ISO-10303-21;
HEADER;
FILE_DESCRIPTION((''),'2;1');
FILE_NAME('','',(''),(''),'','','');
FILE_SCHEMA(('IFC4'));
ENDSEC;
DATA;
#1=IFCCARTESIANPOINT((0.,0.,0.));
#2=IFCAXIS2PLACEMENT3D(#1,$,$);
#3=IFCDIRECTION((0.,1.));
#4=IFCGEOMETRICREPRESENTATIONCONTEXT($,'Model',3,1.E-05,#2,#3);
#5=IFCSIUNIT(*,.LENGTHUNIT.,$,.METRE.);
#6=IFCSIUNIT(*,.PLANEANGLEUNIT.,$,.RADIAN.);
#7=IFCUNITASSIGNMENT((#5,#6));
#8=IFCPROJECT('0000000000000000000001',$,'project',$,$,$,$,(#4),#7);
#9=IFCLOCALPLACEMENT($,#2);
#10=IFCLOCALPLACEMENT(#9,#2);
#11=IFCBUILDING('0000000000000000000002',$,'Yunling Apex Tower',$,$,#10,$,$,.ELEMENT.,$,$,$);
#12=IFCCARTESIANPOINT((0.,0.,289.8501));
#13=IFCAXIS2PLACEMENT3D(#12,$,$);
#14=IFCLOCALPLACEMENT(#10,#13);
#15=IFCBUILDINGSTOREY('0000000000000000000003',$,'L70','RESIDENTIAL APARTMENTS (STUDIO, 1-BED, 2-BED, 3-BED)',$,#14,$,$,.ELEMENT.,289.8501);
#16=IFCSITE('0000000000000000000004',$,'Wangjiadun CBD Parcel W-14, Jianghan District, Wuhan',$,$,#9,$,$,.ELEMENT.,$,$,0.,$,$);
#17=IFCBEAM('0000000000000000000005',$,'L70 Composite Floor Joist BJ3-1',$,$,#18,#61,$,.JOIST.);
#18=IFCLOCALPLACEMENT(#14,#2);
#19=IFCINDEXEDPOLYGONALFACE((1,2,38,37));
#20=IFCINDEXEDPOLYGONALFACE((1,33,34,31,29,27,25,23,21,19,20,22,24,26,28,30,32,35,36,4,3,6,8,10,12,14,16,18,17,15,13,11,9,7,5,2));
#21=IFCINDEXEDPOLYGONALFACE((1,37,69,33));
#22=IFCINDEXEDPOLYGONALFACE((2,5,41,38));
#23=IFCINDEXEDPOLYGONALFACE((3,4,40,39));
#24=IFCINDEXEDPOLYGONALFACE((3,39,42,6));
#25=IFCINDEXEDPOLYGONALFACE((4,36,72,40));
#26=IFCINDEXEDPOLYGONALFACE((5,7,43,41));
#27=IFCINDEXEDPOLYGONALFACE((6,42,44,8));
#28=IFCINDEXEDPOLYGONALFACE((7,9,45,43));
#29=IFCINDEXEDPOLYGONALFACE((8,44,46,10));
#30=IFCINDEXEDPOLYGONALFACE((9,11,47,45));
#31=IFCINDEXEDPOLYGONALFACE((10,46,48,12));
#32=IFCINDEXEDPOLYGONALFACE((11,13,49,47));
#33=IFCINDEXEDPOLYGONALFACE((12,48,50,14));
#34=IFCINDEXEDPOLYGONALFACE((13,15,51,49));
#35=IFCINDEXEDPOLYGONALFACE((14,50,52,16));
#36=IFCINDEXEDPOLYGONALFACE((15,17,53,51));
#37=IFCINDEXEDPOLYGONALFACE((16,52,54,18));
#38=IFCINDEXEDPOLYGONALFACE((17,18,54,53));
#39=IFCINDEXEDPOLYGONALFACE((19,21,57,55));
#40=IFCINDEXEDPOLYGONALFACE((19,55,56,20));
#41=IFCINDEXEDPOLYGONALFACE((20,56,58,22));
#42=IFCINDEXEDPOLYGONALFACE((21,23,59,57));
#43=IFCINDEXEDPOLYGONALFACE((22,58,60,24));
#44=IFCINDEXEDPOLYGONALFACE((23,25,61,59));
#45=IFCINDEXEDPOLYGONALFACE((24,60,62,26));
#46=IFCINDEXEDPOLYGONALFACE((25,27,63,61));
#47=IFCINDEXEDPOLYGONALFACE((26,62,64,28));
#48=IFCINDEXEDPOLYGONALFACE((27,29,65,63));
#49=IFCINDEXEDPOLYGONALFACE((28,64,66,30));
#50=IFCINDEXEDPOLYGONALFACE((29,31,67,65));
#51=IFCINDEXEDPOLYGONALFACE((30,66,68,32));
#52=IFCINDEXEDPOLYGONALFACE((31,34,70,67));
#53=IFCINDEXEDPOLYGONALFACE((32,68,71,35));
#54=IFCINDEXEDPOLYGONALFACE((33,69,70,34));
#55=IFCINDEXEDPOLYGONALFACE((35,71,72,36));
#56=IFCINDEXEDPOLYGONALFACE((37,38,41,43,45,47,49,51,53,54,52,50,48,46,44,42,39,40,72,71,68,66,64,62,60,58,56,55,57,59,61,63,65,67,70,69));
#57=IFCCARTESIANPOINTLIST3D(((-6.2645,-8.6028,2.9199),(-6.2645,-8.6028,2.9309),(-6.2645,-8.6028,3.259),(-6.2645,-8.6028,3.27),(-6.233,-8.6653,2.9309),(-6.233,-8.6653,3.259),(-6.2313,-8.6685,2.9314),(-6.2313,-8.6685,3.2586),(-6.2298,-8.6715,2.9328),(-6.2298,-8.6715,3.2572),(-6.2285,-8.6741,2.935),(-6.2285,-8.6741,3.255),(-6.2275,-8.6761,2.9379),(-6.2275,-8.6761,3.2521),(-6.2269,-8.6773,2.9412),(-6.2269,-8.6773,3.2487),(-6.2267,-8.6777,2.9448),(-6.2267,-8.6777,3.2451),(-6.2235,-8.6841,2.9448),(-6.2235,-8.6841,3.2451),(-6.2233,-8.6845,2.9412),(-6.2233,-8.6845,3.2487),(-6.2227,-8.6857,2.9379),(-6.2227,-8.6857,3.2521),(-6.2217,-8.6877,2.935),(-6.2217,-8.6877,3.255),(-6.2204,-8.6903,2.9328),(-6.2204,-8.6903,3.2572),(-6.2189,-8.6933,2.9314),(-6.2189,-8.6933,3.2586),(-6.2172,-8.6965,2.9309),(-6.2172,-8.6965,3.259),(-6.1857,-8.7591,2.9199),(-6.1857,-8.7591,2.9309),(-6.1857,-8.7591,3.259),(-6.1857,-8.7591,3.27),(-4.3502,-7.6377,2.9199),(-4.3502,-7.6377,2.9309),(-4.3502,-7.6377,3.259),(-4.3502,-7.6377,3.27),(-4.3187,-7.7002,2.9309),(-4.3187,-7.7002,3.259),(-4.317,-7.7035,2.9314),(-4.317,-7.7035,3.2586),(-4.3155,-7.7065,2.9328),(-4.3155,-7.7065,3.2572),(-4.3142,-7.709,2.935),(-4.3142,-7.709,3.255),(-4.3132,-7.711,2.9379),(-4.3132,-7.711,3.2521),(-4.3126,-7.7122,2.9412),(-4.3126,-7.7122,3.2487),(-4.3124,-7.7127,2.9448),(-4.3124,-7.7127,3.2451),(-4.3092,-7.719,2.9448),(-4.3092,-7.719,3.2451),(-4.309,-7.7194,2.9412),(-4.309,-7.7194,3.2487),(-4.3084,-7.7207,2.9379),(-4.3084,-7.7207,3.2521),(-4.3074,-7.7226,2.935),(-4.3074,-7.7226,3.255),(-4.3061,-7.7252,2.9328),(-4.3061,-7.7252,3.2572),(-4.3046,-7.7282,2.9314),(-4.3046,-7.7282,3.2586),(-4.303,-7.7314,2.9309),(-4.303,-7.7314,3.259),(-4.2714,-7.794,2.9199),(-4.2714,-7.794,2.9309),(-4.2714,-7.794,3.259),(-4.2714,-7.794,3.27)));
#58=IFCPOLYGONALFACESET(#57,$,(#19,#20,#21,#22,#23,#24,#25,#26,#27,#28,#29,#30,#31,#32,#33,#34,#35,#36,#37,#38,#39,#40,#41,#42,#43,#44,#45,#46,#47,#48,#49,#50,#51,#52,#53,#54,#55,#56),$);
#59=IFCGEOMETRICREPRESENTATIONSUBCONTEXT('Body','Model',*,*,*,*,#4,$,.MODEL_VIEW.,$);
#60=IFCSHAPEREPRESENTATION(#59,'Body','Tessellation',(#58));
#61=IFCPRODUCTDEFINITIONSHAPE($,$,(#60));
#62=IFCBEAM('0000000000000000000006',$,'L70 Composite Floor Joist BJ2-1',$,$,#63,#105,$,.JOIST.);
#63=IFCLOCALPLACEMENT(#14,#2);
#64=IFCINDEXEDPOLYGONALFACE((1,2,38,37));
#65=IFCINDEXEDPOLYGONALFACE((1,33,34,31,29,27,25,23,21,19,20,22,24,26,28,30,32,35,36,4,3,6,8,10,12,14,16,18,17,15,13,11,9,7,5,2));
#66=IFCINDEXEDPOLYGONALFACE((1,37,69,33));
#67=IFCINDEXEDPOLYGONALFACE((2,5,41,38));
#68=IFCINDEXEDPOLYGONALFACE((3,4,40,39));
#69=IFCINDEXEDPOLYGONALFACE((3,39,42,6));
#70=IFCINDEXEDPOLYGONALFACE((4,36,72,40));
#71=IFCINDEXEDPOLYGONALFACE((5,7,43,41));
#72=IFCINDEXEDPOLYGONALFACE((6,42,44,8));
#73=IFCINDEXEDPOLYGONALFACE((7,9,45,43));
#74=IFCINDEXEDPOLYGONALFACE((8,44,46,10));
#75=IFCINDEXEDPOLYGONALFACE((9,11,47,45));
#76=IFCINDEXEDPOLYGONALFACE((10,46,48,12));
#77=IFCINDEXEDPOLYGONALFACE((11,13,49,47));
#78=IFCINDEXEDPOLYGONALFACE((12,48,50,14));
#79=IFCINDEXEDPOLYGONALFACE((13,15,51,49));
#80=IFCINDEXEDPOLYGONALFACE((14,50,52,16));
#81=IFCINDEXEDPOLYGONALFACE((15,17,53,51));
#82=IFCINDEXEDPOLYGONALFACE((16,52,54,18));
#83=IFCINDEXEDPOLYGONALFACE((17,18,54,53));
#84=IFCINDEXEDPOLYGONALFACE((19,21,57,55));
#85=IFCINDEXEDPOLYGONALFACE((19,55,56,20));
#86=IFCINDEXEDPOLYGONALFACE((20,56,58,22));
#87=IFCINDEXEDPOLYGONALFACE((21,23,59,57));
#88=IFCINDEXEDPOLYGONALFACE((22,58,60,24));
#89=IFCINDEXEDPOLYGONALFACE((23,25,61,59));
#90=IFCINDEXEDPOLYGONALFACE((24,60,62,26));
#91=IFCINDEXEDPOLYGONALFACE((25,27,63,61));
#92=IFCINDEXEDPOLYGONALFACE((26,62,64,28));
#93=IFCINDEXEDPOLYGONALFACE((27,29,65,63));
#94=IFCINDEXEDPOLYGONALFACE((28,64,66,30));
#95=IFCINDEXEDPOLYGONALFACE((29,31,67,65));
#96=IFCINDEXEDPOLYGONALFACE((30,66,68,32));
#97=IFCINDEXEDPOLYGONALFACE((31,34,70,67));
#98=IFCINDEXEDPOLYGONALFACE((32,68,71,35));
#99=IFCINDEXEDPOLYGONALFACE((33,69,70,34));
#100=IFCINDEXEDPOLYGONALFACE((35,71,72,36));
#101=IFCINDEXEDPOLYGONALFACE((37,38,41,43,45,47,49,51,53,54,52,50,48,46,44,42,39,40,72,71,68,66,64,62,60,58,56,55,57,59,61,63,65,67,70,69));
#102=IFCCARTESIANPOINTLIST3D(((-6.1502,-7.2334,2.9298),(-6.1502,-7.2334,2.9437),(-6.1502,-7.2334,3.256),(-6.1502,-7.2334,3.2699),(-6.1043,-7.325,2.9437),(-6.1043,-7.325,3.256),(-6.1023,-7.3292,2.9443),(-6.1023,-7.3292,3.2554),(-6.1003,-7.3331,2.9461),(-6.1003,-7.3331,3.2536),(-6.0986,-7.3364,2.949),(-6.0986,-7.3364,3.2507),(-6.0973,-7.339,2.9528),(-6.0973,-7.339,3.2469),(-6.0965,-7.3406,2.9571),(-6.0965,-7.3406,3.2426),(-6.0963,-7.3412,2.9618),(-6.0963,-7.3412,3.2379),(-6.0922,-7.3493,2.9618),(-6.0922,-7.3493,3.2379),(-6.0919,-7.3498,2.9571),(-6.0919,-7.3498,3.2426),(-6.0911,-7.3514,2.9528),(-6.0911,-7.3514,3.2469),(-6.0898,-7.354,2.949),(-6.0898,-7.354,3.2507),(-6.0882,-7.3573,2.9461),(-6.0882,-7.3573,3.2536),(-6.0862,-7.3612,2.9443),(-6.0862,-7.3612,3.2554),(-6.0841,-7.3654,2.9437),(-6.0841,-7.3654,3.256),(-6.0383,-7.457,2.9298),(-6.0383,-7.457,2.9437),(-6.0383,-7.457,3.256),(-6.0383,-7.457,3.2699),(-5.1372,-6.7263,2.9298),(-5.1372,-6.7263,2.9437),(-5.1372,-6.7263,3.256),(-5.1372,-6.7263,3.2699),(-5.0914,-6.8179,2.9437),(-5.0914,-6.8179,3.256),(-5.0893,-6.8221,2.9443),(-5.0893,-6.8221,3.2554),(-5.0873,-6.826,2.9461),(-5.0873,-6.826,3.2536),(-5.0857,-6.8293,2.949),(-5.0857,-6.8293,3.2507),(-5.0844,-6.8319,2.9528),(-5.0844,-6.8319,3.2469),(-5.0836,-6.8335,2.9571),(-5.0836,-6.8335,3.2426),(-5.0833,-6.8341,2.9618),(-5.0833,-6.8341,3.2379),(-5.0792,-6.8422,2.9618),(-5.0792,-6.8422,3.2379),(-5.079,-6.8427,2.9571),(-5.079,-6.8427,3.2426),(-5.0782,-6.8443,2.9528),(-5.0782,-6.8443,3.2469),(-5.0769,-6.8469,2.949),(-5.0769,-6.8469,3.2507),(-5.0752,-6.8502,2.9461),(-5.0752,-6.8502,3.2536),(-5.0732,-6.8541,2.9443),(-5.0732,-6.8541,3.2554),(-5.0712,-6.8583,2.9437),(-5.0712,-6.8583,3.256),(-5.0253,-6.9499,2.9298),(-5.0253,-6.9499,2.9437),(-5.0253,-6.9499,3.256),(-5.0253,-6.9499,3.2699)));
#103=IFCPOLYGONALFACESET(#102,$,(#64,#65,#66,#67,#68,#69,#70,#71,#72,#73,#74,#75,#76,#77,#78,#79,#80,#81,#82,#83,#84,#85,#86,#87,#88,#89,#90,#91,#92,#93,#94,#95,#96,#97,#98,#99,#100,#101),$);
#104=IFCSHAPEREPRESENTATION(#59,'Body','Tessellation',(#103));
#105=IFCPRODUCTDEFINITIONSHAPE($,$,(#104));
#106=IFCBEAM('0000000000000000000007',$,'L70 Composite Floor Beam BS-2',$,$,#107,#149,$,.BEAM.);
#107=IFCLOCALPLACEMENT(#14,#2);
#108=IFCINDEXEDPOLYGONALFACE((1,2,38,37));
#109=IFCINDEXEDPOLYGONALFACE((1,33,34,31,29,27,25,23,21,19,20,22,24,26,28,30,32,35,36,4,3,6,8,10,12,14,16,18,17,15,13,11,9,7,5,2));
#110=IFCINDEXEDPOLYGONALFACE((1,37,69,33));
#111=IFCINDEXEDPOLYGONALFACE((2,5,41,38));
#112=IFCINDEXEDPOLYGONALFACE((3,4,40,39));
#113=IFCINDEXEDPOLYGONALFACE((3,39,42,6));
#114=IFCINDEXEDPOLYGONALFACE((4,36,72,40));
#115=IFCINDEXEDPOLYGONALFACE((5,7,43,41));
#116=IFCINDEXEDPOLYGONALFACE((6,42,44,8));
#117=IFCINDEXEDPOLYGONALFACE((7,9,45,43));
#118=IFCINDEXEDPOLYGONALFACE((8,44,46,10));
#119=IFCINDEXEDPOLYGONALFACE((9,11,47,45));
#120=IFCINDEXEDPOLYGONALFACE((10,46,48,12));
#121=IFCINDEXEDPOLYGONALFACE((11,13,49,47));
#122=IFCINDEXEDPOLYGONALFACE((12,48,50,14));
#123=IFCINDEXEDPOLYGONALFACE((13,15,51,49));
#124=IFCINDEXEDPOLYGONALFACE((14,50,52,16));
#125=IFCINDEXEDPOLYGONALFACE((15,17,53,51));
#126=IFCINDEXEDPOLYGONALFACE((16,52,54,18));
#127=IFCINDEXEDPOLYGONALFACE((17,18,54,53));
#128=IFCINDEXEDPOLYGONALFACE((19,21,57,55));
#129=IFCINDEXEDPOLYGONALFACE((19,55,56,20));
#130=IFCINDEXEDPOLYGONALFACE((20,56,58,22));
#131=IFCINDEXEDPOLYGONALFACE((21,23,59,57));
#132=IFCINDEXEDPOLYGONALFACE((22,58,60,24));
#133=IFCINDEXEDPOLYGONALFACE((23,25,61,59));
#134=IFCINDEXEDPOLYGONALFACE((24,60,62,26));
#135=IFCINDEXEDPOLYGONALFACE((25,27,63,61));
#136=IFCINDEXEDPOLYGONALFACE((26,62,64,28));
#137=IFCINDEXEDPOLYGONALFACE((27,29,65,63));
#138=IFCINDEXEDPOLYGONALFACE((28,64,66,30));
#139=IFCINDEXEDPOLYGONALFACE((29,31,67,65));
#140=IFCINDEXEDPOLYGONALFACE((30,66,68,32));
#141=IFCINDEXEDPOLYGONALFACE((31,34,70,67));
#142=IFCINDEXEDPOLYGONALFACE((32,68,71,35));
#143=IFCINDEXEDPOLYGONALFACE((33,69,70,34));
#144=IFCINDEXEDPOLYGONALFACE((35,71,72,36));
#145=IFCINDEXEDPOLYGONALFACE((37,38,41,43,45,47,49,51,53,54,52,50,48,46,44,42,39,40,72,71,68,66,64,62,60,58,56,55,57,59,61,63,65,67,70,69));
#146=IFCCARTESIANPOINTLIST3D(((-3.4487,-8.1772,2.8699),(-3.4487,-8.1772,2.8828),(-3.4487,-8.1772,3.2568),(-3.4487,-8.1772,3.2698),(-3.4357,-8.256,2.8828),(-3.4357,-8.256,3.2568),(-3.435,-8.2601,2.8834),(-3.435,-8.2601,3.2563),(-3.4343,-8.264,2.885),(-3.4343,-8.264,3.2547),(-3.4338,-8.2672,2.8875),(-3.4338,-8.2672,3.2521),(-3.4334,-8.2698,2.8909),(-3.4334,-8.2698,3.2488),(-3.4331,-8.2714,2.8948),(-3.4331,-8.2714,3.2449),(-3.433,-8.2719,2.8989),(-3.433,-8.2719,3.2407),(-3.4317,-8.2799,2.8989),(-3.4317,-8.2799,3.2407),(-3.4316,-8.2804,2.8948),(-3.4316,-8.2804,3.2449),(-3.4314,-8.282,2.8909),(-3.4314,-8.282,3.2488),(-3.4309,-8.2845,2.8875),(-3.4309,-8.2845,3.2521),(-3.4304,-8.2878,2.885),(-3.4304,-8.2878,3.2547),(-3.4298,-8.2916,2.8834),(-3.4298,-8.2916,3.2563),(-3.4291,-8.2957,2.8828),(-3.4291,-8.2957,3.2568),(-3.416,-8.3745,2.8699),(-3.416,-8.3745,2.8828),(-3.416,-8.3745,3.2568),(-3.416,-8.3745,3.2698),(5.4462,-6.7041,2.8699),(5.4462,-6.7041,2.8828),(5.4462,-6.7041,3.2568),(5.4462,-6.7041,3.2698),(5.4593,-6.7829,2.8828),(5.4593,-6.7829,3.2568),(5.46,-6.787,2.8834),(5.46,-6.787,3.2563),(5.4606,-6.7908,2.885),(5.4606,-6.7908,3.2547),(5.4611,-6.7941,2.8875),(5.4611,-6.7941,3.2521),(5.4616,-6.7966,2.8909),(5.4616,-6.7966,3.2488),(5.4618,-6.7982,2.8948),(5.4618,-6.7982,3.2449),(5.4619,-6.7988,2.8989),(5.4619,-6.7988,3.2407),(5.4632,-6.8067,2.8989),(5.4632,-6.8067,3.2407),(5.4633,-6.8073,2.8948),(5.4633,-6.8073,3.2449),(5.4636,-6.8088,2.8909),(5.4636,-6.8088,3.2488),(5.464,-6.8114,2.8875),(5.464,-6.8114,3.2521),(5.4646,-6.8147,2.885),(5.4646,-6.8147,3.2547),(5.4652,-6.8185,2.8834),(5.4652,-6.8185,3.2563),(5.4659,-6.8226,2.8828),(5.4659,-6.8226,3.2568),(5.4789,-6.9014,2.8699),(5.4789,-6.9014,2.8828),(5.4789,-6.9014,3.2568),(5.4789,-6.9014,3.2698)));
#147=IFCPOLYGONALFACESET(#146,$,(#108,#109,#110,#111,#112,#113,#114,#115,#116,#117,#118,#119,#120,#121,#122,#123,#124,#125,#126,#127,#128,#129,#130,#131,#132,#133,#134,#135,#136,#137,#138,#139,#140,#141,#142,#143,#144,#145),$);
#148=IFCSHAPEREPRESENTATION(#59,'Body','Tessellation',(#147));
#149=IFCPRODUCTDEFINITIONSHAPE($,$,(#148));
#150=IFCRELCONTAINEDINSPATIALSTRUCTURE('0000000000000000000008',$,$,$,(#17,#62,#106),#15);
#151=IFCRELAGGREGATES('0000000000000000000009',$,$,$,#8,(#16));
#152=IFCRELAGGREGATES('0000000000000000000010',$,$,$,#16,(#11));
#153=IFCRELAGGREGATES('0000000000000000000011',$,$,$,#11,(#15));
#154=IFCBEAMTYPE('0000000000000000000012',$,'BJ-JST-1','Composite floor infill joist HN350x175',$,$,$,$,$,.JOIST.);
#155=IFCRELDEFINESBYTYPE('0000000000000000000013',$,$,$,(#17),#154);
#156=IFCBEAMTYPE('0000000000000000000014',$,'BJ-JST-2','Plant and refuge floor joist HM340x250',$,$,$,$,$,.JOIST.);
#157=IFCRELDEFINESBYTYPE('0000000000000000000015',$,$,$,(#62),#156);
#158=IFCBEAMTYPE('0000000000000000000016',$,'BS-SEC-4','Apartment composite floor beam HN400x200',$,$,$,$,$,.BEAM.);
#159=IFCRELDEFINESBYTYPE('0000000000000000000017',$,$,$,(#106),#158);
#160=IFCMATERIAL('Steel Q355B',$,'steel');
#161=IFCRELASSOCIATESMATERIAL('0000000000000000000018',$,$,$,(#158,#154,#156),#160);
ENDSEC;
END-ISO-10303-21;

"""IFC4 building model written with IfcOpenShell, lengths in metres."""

from ifc_helpers import new_model, si_unit, direction, frame, origin, origin_2d, place, context, subcontext, project, spatial, i_section, extrude, source, transform, mapped, material, material_profile, profile_set, type_object, element, save


model = new_model("IFC4")

# Units and contexts
model_context = context("Model", 3, precision=1e-05, world=origin(), true_north=direction((0.0, 1.0)))
body_context = subcontext(model_context, "Body", "Model", "MODEL_VIEW")
ifc_project = project(units=[si_unit("LENGTHUNIT", "METRE"), si_unit("PLANEANGLEUNIT", "RADIAN")], contexts=[model_context])

# Site, building, storey
site_placement = place(None, origin())
site = spatial("IfcSite", under=ifc_project, at=site_placement, Name="Wangjiadun CBD Parcel W-14, Jianghan District, Wuhan", CompositionType="ELEMENT", RefElevation=0.0)
building_placement = place(site_placement, origin())
building = spatial("IfcBuilding", under=site, at=building_placement, Name="Yunling Apex Tower", CompositionType="ELEMENT")
storey_placement = place(building_placement, frame((0.0, 0.0, 289.8501)))
storey = spatial("IfcBuildingStorey", under=building, at=storey_placement, Name="L70", Description="RESIDENTIAL APARTMENTS (STUDIO, 1-BED, 2-BED, 3-BED)", CompositionType="ELEMENT", Elevation=289.8501)

# Shared definitions
ifc_material_1 = material(Name="Steel Q355B", Category="steel")

# Beams
ifc_material_profile_1 = material_profile(ifc_material_1, i_section(OverallWidth=0.2, OverallDepth=0.3999, WebThickness=0.0081, FlangeThickness=0.0129, FilletRadius=0.0161, at=origin_2d()))
ifc_profile_set_1 = profile_set([ifc_material_profile_1], Name="Steel Q355B")
beam_type_1 = type_object("IfcBeamType", Name="BS-SEC-4", Description="Apartment composite floor beam HN400x200", PredefinedType="BEAM", material=ifc_profile_set_1)
ifc_material_profile_2 = material_profile(ifc_material_1, i_section(OverallWidth=0.175, OverallDepth=0.3501, WebThickness=0.0071, FlangeThickness=0.011, FilletRadius=0.0139, at=origin_2d()))
ifc_profile_set_2 = profile_set([ifc_material_profile_2], Name="Steel Q355B")
beam_type_2 = type_object("IfcBeamType", Name="BJ-JST-1", Description="Composite floor infill joist HN350x175", PredefinedType="JOIST", material=ifc_profile_set_2)
shared_shape_1 = source(origin(), body_context, "Body", "SweptSolid", [
    extrude(i_section(OverallWidth=0.175, OverallDepth=0.3501, WebThickness=0.0071, FlangeThickness=0.011, FilletRadius=0.0139, at=origin_2d()), origin(), (0.0, 0.0, 1.0), 2.1438),
])
beam_1_placement = place(storey_placement, frame((-6.2251, -8.6809, 3.095), z_axis=(0.892942, 0.450172, 0.0), x_axis=(-0.450172, 0.892942, 0.0)))
element("IfcBeam", 1, at=beam_1_placement, inside=storey, type_object=beam_type_2, Name="L70 Composite Floor Joist BJ3-1", PredefinedType="JOIST", context=body_context, shape_type="MappedRepresentation", body=[
    mapped(shared_shape_1, transform((0.0, 0.0, 0.0), scale=1.0)),
])
ifc_material_profile_3 = material_profile(ifc_material_1, i_section(OverallWidth=0.25, OverallDepth=0.3401, WebThickness=0.009, FlangeThickness=0.0139, FilletRadius=0.0181, at=origin_2d()))
ifc_profile_set_3 = profile_set([ifc_material_profile_3], Name="Steel Q355B")
beam_type_3 = type_object("IfcBeamType", Name="BJ-JST-2", Description="Plant and refuge floor joist HM340x250", PredefinedType="JOIST", material=ifc_profile_set_3)
shared_shape_2 = source(origin(), body_context, "Body", "SweptSolid", [
    extrude(i_section(OverallWidth=0.25, OverallDepth=0.3401, WebThickness=0.009, FlangeThickness=0.0139, FilletRadius=0.0181, at=origin_2d()), origin(), (0.0, 0.0, 1.0), 1.1328),
])
beam_2_placement = place(storey_placement, frame((-6.0942, -7.3452, 3.0999), z_axis=(0.894212, 0.447645, 0.0), x_axis=(-0.447645, 0.894212, 0.0)))
element("IfcBeam", 2, at=beam_2_placement, inside=storey, type_object=beam_type_3, Name="L70 Composite Floor Joist BJ2-1", PredefinedType="JOIST", context=body_context, shape_type="MappedRepresentation", body=[
    mapped(shared_shape_2, transform((0.0, 0.0, 0.0), scale=1.0)),
])
shared_shape_3 = source(origin(), body_context, "Body", "SweptSolid", [
    extrude(i_section(OverallWidth=0.2, OverallDepth=0.3999, WebThickness=0.0081, FlangeThickness=0.0129, FilletRadius=0.0161, at=origin_2d()), origin(), (0.0, 0.0, 1.0), 9.0161),
])
beam_3_placement = place(storey_placement, frame((-3.4324, -8.2759, 3.0698), z_axis=(0.986562, 0.163389, 0.0), x_axis=(-0.163389, 0.986562, 0.0)))
element("IfcBeam", 3, at=beam_3_placement, inside=storey, type_object=beam_type_1, Name="L70 Composite Floor Beam BS-2", PredefinedType="BEAM", context=body_context, shape_type="MappedRepresentation", body=[
    mapped(shared_shape_3, transform((0.0, 0.0, 0.0), scale=1.0)),
])

save(model, "model.ifc")
